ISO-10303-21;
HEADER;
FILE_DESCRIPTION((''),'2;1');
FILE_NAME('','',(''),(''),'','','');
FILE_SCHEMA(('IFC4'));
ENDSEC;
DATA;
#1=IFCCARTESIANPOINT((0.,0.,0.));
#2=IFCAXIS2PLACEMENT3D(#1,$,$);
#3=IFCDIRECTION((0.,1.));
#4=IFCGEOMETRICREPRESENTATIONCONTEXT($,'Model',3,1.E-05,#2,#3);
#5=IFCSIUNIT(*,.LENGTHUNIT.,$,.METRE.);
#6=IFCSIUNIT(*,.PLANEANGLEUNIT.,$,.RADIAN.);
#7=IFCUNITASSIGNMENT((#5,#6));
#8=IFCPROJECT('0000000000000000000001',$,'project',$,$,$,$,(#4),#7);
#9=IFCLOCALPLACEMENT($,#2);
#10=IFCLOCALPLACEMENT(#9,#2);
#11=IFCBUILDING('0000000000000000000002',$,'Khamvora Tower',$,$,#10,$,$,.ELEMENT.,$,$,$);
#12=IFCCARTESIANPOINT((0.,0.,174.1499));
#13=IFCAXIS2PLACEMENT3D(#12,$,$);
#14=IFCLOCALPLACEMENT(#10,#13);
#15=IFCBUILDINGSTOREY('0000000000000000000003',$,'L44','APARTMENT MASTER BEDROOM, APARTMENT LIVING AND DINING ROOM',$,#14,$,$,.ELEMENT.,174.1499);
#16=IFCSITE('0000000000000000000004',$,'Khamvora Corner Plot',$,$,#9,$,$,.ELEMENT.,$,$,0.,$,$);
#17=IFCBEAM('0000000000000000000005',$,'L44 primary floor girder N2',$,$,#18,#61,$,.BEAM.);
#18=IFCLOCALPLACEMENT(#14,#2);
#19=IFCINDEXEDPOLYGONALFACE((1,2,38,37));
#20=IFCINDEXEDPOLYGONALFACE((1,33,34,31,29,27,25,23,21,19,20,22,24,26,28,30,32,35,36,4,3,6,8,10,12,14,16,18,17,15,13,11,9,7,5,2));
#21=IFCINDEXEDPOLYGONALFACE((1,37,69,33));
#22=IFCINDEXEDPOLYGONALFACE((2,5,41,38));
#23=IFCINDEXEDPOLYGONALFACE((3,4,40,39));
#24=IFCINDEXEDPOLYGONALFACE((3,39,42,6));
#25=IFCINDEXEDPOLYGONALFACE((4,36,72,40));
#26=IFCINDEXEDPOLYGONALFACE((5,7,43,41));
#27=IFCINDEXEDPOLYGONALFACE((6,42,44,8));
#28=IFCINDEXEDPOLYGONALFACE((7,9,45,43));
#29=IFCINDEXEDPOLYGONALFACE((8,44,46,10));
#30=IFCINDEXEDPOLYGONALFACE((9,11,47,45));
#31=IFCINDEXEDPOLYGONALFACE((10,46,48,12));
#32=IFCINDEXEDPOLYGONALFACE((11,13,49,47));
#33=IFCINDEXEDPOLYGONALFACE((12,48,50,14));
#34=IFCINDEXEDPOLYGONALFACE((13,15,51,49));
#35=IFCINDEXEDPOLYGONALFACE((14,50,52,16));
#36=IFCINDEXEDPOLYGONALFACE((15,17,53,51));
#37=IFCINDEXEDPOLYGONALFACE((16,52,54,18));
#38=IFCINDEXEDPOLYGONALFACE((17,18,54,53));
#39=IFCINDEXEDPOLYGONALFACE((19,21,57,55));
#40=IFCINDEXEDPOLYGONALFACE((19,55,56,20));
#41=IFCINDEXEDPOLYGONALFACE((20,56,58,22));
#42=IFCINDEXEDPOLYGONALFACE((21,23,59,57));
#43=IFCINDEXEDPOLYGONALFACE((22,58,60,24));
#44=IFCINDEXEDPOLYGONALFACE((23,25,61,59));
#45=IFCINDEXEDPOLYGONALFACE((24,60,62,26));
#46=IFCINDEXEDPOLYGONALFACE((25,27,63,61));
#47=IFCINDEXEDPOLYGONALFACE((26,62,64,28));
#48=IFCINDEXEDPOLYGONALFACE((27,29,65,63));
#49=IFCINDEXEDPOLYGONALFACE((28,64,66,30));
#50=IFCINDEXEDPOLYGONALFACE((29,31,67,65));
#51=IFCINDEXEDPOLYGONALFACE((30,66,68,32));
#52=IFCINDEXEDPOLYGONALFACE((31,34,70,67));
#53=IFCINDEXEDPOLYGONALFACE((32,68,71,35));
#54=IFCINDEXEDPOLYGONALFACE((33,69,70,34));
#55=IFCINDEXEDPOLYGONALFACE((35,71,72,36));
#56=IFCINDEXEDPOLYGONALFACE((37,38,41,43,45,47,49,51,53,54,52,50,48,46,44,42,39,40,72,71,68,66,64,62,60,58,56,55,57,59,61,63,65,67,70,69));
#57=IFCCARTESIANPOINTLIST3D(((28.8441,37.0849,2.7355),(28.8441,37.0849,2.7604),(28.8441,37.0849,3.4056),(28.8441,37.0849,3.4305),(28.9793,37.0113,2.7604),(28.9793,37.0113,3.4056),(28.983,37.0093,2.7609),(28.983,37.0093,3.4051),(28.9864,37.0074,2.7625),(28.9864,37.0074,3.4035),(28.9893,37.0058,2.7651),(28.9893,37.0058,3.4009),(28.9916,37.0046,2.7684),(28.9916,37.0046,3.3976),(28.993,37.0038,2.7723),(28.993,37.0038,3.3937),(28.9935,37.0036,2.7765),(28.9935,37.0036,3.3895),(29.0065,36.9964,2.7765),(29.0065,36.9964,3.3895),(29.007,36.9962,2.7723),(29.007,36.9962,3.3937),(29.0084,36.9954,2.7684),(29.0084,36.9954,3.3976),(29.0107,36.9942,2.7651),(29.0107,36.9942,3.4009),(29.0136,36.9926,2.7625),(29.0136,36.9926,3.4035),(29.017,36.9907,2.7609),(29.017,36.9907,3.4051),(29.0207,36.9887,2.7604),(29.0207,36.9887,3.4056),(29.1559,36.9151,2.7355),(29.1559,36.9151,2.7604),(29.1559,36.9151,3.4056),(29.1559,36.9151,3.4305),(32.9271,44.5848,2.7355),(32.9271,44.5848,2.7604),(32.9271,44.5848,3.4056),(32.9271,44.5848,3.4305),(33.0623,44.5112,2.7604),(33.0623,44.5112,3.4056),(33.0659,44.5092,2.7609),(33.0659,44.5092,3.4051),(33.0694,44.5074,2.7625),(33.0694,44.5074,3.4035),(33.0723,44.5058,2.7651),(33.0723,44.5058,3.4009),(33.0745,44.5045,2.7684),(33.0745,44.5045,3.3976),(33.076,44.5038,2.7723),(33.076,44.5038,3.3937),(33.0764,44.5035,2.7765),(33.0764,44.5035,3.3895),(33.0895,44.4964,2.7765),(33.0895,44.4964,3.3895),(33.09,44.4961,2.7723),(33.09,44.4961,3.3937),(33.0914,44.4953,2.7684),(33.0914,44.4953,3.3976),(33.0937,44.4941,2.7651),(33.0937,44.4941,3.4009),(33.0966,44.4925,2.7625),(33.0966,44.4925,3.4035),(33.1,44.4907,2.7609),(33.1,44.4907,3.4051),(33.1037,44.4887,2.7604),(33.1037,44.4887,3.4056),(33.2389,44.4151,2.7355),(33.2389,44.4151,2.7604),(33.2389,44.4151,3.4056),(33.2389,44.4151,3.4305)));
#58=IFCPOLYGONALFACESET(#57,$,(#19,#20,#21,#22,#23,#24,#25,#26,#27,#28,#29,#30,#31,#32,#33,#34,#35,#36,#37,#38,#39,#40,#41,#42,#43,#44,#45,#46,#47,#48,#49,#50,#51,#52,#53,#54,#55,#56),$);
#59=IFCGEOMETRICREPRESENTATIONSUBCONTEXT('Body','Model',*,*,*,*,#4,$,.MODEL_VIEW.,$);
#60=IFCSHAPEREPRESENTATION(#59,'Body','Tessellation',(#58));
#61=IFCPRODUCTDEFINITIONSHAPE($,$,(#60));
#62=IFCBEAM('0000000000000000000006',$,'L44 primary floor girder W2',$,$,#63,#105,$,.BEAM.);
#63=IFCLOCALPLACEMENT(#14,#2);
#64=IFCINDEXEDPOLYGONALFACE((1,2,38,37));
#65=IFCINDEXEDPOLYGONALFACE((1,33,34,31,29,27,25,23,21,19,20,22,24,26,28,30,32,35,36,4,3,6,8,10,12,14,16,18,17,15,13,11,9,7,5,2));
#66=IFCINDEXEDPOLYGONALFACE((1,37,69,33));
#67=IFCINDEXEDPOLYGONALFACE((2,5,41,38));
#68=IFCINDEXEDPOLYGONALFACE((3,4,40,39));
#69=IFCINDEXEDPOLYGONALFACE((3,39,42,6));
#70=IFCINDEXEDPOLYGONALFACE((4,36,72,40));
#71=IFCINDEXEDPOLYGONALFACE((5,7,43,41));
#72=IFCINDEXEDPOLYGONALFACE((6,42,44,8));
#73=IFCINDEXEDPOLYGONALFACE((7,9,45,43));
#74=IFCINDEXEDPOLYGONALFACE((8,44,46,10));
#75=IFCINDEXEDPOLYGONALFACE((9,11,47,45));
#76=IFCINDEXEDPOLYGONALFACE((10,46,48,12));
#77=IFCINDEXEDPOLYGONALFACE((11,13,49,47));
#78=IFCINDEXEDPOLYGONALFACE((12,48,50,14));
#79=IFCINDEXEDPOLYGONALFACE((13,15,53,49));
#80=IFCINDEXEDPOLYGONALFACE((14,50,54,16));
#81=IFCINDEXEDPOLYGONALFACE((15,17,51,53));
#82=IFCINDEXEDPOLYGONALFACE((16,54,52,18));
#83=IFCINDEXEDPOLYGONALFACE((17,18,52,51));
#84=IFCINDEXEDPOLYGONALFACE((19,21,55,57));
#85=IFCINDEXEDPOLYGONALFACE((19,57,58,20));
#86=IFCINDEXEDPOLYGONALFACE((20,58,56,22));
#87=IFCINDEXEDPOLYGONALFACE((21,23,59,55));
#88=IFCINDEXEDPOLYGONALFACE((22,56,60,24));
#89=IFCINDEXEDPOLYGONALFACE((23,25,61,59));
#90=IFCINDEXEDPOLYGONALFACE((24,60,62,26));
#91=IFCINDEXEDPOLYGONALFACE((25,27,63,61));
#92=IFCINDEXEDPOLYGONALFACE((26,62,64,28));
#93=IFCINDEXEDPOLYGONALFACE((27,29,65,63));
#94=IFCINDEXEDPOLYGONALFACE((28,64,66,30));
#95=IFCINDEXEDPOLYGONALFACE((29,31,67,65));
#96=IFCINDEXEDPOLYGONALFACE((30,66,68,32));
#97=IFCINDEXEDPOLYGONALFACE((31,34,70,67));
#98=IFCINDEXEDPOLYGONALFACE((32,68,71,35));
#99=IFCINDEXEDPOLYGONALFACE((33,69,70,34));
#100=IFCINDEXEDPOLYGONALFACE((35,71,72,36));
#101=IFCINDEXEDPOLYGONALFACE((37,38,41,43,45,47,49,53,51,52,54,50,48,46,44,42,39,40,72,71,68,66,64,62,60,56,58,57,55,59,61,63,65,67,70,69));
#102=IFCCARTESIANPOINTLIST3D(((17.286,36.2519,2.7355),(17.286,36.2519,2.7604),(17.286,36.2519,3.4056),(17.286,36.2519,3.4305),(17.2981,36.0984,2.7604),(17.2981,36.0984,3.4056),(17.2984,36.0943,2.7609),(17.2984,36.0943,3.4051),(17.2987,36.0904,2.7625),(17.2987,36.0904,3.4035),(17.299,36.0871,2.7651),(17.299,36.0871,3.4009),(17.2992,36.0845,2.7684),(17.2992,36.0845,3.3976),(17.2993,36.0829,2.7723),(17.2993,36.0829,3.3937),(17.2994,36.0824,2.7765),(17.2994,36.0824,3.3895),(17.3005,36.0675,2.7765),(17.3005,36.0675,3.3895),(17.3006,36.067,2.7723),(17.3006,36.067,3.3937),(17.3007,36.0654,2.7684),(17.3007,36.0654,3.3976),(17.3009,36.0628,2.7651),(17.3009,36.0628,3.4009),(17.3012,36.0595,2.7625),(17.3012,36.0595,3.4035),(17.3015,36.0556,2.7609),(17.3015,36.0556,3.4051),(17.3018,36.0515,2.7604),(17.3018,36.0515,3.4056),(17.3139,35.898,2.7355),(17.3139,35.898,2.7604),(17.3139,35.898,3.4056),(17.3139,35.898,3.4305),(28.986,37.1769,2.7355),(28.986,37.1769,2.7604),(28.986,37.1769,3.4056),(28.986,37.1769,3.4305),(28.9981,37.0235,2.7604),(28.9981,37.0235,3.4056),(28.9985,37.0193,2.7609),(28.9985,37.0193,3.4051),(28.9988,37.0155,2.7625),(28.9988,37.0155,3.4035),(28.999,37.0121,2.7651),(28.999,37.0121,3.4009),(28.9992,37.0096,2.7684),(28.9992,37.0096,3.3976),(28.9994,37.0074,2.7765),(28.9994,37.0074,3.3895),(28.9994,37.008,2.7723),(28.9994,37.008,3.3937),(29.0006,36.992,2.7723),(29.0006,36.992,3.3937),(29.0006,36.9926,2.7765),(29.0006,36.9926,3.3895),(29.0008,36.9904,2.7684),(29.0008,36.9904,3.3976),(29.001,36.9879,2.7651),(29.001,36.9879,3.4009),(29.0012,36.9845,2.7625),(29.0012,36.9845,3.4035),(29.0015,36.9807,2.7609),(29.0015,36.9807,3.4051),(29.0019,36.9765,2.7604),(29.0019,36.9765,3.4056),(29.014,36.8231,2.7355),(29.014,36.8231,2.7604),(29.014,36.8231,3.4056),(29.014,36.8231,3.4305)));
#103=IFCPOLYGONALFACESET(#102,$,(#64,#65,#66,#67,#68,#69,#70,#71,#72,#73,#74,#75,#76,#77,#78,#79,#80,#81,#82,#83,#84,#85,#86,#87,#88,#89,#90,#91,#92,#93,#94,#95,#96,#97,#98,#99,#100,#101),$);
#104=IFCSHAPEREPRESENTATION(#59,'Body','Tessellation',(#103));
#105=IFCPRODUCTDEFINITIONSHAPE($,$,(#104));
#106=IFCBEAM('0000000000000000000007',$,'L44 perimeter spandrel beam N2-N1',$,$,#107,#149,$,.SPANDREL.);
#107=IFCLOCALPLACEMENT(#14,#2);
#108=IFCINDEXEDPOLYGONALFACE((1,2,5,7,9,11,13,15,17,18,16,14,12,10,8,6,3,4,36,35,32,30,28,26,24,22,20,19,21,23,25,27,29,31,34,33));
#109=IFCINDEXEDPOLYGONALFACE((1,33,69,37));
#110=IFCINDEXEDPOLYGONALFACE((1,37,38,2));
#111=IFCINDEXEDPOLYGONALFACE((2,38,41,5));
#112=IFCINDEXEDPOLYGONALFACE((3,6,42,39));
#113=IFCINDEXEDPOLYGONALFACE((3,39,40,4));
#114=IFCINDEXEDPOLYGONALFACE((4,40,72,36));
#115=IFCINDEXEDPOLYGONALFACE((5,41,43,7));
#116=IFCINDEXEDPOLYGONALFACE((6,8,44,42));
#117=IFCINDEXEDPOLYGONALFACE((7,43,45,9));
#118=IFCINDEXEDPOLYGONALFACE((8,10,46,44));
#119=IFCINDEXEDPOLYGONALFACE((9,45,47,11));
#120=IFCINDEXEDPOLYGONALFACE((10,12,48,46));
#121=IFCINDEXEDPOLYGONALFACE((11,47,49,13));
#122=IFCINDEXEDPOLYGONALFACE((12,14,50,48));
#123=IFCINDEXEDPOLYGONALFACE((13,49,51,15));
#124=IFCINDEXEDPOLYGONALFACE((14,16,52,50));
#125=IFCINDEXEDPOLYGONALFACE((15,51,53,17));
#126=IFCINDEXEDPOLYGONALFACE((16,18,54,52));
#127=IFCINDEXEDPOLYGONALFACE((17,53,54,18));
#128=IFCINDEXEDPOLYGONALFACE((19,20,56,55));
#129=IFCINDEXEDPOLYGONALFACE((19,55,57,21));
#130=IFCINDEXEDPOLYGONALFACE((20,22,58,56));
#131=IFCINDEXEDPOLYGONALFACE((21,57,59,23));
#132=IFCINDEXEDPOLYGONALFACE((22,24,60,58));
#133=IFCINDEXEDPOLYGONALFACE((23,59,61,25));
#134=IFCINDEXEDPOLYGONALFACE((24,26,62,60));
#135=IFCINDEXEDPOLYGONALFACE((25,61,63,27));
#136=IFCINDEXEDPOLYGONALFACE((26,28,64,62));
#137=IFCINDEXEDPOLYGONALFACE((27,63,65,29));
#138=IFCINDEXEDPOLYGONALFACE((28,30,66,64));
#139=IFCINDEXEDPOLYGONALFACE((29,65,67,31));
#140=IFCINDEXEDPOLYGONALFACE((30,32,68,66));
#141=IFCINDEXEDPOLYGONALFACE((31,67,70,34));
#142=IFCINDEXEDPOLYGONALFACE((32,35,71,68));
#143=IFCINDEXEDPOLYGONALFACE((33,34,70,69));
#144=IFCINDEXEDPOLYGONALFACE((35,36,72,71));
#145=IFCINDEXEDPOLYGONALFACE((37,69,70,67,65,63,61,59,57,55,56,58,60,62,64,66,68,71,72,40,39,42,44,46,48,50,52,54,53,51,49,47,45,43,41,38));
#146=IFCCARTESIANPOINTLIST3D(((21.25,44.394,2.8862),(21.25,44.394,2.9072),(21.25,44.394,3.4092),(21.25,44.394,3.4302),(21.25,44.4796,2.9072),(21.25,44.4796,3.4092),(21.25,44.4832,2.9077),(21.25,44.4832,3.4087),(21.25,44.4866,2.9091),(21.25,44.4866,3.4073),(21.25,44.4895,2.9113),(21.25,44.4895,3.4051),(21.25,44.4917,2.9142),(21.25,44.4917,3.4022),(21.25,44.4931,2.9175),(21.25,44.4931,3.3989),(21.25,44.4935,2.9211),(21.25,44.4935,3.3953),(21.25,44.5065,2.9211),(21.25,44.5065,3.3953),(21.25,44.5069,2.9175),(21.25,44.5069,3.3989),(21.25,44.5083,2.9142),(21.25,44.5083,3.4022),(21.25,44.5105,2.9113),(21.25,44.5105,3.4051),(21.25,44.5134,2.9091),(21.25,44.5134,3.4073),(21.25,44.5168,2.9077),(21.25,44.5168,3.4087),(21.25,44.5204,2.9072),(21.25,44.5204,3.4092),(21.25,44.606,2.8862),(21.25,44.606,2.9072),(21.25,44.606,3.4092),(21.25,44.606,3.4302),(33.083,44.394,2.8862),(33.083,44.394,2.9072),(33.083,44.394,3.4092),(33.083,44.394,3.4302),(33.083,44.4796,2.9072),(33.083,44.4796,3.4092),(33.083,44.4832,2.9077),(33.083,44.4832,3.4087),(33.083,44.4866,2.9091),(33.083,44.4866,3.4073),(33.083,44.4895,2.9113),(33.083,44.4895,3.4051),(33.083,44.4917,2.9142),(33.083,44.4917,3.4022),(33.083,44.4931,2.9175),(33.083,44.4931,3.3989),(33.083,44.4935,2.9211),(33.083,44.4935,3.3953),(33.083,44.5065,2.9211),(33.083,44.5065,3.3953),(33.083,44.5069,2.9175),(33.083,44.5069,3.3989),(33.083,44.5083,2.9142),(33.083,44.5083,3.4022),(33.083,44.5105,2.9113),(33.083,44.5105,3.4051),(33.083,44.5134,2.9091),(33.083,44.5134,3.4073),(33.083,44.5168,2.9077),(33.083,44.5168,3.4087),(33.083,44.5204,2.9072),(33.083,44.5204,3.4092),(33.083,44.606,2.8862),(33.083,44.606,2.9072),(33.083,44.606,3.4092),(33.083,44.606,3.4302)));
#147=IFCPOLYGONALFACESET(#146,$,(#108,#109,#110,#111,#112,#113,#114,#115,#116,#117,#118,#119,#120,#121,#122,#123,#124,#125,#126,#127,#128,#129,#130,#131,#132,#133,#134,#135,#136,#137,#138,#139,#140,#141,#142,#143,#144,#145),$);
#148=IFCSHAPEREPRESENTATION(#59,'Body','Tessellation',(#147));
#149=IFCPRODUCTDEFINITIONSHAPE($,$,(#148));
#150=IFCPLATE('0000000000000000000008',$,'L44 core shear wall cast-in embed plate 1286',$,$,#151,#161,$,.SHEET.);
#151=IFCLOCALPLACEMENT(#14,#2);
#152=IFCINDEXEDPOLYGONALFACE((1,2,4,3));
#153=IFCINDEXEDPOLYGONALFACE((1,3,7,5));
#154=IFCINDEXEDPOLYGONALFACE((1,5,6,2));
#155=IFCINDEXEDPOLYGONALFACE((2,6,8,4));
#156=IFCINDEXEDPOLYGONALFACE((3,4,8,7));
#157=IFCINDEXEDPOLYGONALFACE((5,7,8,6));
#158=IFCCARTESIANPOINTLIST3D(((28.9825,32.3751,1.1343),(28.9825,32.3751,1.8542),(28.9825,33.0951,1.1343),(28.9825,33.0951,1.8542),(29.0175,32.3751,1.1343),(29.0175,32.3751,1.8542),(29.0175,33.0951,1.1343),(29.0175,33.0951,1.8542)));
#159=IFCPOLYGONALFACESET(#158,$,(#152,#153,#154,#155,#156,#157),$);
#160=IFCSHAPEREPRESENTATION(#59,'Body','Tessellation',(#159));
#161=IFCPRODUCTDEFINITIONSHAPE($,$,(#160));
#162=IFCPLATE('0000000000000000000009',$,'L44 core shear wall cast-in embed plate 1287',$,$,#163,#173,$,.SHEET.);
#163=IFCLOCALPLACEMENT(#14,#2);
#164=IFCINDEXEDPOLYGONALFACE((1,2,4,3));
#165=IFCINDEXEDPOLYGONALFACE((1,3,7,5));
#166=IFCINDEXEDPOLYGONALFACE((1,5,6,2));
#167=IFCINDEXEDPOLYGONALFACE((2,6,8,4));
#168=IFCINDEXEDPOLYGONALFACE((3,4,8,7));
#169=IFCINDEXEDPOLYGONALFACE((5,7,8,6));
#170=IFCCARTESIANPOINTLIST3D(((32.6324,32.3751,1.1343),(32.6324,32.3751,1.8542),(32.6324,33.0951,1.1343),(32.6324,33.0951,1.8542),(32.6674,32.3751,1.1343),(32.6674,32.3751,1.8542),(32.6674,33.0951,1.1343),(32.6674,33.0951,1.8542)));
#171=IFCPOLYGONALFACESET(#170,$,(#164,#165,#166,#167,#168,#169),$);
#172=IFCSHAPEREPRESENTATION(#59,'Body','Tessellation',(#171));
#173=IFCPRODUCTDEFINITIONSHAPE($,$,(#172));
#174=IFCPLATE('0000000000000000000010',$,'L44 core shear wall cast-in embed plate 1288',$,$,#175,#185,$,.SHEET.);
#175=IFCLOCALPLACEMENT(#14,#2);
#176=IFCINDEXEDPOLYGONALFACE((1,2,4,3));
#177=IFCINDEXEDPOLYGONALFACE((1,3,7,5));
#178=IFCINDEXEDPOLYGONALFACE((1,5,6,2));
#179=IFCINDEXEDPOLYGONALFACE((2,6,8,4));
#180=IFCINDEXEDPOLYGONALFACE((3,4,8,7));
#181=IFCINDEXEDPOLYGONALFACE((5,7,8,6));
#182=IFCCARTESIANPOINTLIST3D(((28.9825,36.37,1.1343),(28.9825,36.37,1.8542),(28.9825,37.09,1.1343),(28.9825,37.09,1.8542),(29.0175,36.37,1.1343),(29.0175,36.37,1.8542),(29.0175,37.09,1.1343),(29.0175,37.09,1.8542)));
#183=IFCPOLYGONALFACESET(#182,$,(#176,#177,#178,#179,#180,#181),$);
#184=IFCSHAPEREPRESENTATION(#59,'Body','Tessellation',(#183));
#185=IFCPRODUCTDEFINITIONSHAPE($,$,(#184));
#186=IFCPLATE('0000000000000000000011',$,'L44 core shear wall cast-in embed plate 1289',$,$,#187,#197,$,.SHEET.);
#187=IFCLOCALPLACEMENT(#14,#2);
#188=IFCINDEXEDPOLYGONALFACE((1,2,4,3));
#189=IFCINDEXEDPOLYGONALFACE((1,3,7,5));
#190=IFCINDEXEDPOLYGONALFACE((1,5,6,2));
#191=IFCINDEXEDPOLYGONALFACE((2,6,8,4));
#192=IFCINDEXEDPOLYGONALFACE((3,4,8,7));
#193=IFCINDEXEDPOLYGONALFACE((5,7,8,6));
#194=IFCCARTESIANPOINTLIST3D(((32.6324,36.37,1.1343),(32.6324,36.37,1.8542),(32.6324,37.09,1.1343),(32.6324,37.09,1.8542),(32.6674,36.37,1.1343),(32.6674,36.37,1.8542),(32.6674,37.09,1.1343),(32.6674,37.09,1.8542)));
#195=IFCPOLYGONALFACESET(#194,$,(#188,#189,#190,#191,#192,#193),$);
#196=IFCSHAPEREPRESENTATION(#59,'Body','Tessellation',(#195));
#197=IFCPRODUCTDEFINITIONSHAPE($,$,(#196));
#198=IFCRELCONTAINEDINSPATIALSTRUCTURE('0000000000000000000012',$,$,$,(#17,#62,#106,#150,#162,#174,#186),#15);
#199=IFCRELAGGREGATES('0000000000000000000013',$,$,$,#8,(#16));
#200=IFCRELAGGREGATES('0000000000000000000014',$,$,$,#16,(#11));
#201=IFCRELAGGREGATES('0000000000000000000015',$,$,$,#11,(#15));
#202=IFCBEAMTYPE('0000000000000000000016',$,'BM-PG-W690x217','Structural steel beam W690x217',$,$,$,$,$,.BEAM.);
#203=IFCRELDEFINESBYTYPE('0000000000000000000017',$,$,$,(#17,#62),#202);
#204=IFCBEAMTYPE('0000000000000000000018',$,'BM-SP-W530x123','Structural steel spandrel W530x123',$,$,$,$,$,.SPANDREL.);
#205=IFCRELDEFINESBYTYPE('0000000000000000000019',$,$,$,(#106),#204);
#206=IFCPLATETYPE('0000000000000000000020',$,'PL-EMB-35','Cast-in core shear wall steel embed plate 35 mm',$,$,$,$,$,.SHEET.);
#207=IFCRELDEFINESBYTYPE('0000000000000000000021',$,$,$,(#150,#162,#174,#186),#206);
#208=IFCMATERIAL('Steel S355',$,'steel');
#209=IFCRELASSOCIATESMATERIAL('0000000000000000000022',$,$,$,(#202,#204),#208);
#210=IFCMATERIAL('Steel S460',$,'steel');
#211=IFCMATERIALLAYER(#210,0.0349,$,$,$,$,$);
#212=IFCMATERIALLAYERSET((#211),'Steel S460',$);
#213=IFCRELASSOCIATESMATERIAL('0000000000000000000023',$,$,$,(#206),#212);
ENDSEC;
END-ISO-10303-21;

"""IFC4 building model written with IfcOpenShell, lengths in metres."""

from ifc_helpers import new_model, si_unit, direction, frame, origin, origin_2d, place, context, subcontext, project, spatial, rectangle, i_section, extrude, material, layer, layer_set, material_profile, profile_set, type_object, element, save


model = new_model("IFC4")

# Units and contexts
model_context = context("Model", 3, precision=1e-05, world=origin(), true_north=direction((0.0, 1.0)))
body_context = subcontext(model_context, "Body", "Model", "MODEL_VIEW")
ifc_project = project(units=[si_unit("LENGTHUNIT", "METRE"), si_unit("PLANEANGLEUNIT", "RADIAN")], contexts=[model_context])

# Site, building, storey
site_placement = place(None, origin())
site = spatial("IfcSite", under=ifc_project, at=site_placement, Name="Khamvora Corner Plot", CompositionType="ELEMENT", RefElevation=0.0)
building_placement = place(site_placement, origin())
building = spatial("IfcBuilding", under=site, at=building_placement, Name="Khamvora Tower", CompositionType="ELEMENT")
storey_placement = place(building_placement, frame((0.0, 0.0, 174.1499)))
storey = spatial("IfcBuildingStorey", under=building, at=storey_placement, Name="L44", Description="APARTMENT MASTER BEDROOM, APARTMENT LIVING AND DINING ROOM", CompositionType="ELEMENT", Elevation=174.1499)

# Shared definitions
ifc_material_1 = material(Name="Steel S460", Category="steel")
ifc_material_2 = material(Name="Steel S355", Category="steel")

# Beams
ifc_material_profile_1 = material_profile(ifc_material_2, i_section(OverallWidth=0.355, OverallDepth=0.6951, WebThickness=0.0149, FlangeThickness=0.0249, FilletRadius=0.0161, at=origin_2d()), Name="W690x217")
ifc_profile_set_1 = profile_set([ifc_material_profile_1], Name="Steel S355")
beam_type_1 = type_object("IfcBeamType", Name="BM-PG-W690x217", Description="Structural steel beam W690x217", PredefinedType="BEAM", material=ifc_profile_set_1)
beam_1_placement = place(storey_placement, frame((29.0, 37.0, 3.083), z_axis=(0.478139, 0.878284, 0.0), x_axis=(-0.878284, 0.478139, 0.0)))
element("IfcBeam", 1, at=beam_1_placement, inside=storey, type_object=beam_type_1, Name="L44 primary floor girder N2", PredefinedType="BEAM", context=body_context, shape_type="SweptSolid", body=[
    extrude(i_section(OverallWidth=0.355, OverallDepth=0.6951, WebThickness=0.0149, FlangeThickness=0.0249, FilletRadius=0.0161, at=origin_2d()), origin(), (0.0, 0.0, 1.0), 8.5393),
])
beam_2_placement = place(storey_placement, frame((29.0, 37.0, 3.083), z_axis=(-0.996889, -0.078818, 0.0), x_axis=(0.078818, -0.996889, 0.0)))
element("IfcBeam", 2, at=beam_2_placement, inside=storey, type_object=beam_type_1, Name="L44 primary floor girder W2", PredefinedType="BEAM", context=body_context, shape_type="SweptSolid", body=[
    extrude(i_section(OverallWidth=0.355, OverallDepth=0.6951, WebThickness=0.0149, FlangeThickness=0.0249, FilletRadius=0.0161, at=origin_2d()), origin(), (0.0, 0.0, 1.0), 11.7366),
])
ifc_material_profile_2 = material_profile(ifc_material_2, i_section(OverallWidth=0.2119, OverallDepth=0.5439, WebThickness=0.0129, FlangeThickness=0.021, FilletRadius=0.0139, at=origin_2d()), Name="W530x123")
ifc_profile_set_2 = profile_set([ifc_material_profile_2], Name="Steel S355")
beam_type_2 = type_object("IfcBeamType", Name="BM-SP-W530x123", Description="Structural steel spandrel W530x123", PredefinedType="SPANDREL", material=ifc_profile_set_2)
beam_3_placement = place(storey_placement, frame((33.083, 44.5, 3.1582), z_axis=(-1.0, 0.0, 0.0), x_axis=(0.0, -1.0, 0.0)))
element("IfcBeam", 3, at=beam_3_placement, inside=storey, type_object=beam_type_2, Name="L44 perimeter spandrel beam N2-N1", PredefinedType="SPANDREL", context=body_context, shape_type="SweptSolid", body=[
    extrude(i_section(OverallWidth=0.2119, OverallDepth=0.5439, WebThickness=0.0129, FlangeThickness=0.021, FilletRadius=0.0139, at=origin_2d()), origin(), (0.0, 0.0, 1.0), 11.833),
])

# Plates
ifc_layer_1 = layer(ifc_material_1, 0.0349)
ifc_layer_set_1 = layer_set([ifc_layer_1], Name="Steel S460")
plate_type = type_object("IfcPlateType", Name="PL-EMB-35", Description="Cast-in core shear wall steel embed plate 35 mm", PredefinedType="SHEET", material=ifc_layer_set_1)
for number, where, z_axis, x_axis, name in (
    (4, (29.0, 32.7351, 1.1343), (0.0, 0.0, 1.0), (1.0, 0.0, 0.0), "L44 core shear wall cast-in embed plate 1286"),
    (5, (32.6499, 32.7351, 1.1343), (0.0, 0.0, 1.0), (1.0, 0.0, 0.0), "L44 core shear wall cast-in embed plate 1287"),
    (6, (29.0, 36.73, 1.1343), (0.0, 0.0, 1.0), (1.0, 0.0, 0.0), "L44 core shear wall cast-in embed plate 1288"),
    (7, (32.6499, 36.73, 1.1343), (0.0, 0.0, 1.0), (1.0, 0.0, 0.0), "L44 core shear wall cast-in embed plate 1289"),
):
    element("IfcPlate", number, at=place(storey_placement, frame(where, z_axis=z_axis, x_axis=x_axis)), inside=storey, type_object=plate_type, Name=name, PredefinedType="SHEET", context=body_context, shape_type="SweptSolid", body=[
        extrude(rectangle(XDim=0.0349, YDim=0.72, at=origin_2d()), origin(), (0.0, 0.0, 1.0), 0.72),
    ])

save(model, "model.ifc")
